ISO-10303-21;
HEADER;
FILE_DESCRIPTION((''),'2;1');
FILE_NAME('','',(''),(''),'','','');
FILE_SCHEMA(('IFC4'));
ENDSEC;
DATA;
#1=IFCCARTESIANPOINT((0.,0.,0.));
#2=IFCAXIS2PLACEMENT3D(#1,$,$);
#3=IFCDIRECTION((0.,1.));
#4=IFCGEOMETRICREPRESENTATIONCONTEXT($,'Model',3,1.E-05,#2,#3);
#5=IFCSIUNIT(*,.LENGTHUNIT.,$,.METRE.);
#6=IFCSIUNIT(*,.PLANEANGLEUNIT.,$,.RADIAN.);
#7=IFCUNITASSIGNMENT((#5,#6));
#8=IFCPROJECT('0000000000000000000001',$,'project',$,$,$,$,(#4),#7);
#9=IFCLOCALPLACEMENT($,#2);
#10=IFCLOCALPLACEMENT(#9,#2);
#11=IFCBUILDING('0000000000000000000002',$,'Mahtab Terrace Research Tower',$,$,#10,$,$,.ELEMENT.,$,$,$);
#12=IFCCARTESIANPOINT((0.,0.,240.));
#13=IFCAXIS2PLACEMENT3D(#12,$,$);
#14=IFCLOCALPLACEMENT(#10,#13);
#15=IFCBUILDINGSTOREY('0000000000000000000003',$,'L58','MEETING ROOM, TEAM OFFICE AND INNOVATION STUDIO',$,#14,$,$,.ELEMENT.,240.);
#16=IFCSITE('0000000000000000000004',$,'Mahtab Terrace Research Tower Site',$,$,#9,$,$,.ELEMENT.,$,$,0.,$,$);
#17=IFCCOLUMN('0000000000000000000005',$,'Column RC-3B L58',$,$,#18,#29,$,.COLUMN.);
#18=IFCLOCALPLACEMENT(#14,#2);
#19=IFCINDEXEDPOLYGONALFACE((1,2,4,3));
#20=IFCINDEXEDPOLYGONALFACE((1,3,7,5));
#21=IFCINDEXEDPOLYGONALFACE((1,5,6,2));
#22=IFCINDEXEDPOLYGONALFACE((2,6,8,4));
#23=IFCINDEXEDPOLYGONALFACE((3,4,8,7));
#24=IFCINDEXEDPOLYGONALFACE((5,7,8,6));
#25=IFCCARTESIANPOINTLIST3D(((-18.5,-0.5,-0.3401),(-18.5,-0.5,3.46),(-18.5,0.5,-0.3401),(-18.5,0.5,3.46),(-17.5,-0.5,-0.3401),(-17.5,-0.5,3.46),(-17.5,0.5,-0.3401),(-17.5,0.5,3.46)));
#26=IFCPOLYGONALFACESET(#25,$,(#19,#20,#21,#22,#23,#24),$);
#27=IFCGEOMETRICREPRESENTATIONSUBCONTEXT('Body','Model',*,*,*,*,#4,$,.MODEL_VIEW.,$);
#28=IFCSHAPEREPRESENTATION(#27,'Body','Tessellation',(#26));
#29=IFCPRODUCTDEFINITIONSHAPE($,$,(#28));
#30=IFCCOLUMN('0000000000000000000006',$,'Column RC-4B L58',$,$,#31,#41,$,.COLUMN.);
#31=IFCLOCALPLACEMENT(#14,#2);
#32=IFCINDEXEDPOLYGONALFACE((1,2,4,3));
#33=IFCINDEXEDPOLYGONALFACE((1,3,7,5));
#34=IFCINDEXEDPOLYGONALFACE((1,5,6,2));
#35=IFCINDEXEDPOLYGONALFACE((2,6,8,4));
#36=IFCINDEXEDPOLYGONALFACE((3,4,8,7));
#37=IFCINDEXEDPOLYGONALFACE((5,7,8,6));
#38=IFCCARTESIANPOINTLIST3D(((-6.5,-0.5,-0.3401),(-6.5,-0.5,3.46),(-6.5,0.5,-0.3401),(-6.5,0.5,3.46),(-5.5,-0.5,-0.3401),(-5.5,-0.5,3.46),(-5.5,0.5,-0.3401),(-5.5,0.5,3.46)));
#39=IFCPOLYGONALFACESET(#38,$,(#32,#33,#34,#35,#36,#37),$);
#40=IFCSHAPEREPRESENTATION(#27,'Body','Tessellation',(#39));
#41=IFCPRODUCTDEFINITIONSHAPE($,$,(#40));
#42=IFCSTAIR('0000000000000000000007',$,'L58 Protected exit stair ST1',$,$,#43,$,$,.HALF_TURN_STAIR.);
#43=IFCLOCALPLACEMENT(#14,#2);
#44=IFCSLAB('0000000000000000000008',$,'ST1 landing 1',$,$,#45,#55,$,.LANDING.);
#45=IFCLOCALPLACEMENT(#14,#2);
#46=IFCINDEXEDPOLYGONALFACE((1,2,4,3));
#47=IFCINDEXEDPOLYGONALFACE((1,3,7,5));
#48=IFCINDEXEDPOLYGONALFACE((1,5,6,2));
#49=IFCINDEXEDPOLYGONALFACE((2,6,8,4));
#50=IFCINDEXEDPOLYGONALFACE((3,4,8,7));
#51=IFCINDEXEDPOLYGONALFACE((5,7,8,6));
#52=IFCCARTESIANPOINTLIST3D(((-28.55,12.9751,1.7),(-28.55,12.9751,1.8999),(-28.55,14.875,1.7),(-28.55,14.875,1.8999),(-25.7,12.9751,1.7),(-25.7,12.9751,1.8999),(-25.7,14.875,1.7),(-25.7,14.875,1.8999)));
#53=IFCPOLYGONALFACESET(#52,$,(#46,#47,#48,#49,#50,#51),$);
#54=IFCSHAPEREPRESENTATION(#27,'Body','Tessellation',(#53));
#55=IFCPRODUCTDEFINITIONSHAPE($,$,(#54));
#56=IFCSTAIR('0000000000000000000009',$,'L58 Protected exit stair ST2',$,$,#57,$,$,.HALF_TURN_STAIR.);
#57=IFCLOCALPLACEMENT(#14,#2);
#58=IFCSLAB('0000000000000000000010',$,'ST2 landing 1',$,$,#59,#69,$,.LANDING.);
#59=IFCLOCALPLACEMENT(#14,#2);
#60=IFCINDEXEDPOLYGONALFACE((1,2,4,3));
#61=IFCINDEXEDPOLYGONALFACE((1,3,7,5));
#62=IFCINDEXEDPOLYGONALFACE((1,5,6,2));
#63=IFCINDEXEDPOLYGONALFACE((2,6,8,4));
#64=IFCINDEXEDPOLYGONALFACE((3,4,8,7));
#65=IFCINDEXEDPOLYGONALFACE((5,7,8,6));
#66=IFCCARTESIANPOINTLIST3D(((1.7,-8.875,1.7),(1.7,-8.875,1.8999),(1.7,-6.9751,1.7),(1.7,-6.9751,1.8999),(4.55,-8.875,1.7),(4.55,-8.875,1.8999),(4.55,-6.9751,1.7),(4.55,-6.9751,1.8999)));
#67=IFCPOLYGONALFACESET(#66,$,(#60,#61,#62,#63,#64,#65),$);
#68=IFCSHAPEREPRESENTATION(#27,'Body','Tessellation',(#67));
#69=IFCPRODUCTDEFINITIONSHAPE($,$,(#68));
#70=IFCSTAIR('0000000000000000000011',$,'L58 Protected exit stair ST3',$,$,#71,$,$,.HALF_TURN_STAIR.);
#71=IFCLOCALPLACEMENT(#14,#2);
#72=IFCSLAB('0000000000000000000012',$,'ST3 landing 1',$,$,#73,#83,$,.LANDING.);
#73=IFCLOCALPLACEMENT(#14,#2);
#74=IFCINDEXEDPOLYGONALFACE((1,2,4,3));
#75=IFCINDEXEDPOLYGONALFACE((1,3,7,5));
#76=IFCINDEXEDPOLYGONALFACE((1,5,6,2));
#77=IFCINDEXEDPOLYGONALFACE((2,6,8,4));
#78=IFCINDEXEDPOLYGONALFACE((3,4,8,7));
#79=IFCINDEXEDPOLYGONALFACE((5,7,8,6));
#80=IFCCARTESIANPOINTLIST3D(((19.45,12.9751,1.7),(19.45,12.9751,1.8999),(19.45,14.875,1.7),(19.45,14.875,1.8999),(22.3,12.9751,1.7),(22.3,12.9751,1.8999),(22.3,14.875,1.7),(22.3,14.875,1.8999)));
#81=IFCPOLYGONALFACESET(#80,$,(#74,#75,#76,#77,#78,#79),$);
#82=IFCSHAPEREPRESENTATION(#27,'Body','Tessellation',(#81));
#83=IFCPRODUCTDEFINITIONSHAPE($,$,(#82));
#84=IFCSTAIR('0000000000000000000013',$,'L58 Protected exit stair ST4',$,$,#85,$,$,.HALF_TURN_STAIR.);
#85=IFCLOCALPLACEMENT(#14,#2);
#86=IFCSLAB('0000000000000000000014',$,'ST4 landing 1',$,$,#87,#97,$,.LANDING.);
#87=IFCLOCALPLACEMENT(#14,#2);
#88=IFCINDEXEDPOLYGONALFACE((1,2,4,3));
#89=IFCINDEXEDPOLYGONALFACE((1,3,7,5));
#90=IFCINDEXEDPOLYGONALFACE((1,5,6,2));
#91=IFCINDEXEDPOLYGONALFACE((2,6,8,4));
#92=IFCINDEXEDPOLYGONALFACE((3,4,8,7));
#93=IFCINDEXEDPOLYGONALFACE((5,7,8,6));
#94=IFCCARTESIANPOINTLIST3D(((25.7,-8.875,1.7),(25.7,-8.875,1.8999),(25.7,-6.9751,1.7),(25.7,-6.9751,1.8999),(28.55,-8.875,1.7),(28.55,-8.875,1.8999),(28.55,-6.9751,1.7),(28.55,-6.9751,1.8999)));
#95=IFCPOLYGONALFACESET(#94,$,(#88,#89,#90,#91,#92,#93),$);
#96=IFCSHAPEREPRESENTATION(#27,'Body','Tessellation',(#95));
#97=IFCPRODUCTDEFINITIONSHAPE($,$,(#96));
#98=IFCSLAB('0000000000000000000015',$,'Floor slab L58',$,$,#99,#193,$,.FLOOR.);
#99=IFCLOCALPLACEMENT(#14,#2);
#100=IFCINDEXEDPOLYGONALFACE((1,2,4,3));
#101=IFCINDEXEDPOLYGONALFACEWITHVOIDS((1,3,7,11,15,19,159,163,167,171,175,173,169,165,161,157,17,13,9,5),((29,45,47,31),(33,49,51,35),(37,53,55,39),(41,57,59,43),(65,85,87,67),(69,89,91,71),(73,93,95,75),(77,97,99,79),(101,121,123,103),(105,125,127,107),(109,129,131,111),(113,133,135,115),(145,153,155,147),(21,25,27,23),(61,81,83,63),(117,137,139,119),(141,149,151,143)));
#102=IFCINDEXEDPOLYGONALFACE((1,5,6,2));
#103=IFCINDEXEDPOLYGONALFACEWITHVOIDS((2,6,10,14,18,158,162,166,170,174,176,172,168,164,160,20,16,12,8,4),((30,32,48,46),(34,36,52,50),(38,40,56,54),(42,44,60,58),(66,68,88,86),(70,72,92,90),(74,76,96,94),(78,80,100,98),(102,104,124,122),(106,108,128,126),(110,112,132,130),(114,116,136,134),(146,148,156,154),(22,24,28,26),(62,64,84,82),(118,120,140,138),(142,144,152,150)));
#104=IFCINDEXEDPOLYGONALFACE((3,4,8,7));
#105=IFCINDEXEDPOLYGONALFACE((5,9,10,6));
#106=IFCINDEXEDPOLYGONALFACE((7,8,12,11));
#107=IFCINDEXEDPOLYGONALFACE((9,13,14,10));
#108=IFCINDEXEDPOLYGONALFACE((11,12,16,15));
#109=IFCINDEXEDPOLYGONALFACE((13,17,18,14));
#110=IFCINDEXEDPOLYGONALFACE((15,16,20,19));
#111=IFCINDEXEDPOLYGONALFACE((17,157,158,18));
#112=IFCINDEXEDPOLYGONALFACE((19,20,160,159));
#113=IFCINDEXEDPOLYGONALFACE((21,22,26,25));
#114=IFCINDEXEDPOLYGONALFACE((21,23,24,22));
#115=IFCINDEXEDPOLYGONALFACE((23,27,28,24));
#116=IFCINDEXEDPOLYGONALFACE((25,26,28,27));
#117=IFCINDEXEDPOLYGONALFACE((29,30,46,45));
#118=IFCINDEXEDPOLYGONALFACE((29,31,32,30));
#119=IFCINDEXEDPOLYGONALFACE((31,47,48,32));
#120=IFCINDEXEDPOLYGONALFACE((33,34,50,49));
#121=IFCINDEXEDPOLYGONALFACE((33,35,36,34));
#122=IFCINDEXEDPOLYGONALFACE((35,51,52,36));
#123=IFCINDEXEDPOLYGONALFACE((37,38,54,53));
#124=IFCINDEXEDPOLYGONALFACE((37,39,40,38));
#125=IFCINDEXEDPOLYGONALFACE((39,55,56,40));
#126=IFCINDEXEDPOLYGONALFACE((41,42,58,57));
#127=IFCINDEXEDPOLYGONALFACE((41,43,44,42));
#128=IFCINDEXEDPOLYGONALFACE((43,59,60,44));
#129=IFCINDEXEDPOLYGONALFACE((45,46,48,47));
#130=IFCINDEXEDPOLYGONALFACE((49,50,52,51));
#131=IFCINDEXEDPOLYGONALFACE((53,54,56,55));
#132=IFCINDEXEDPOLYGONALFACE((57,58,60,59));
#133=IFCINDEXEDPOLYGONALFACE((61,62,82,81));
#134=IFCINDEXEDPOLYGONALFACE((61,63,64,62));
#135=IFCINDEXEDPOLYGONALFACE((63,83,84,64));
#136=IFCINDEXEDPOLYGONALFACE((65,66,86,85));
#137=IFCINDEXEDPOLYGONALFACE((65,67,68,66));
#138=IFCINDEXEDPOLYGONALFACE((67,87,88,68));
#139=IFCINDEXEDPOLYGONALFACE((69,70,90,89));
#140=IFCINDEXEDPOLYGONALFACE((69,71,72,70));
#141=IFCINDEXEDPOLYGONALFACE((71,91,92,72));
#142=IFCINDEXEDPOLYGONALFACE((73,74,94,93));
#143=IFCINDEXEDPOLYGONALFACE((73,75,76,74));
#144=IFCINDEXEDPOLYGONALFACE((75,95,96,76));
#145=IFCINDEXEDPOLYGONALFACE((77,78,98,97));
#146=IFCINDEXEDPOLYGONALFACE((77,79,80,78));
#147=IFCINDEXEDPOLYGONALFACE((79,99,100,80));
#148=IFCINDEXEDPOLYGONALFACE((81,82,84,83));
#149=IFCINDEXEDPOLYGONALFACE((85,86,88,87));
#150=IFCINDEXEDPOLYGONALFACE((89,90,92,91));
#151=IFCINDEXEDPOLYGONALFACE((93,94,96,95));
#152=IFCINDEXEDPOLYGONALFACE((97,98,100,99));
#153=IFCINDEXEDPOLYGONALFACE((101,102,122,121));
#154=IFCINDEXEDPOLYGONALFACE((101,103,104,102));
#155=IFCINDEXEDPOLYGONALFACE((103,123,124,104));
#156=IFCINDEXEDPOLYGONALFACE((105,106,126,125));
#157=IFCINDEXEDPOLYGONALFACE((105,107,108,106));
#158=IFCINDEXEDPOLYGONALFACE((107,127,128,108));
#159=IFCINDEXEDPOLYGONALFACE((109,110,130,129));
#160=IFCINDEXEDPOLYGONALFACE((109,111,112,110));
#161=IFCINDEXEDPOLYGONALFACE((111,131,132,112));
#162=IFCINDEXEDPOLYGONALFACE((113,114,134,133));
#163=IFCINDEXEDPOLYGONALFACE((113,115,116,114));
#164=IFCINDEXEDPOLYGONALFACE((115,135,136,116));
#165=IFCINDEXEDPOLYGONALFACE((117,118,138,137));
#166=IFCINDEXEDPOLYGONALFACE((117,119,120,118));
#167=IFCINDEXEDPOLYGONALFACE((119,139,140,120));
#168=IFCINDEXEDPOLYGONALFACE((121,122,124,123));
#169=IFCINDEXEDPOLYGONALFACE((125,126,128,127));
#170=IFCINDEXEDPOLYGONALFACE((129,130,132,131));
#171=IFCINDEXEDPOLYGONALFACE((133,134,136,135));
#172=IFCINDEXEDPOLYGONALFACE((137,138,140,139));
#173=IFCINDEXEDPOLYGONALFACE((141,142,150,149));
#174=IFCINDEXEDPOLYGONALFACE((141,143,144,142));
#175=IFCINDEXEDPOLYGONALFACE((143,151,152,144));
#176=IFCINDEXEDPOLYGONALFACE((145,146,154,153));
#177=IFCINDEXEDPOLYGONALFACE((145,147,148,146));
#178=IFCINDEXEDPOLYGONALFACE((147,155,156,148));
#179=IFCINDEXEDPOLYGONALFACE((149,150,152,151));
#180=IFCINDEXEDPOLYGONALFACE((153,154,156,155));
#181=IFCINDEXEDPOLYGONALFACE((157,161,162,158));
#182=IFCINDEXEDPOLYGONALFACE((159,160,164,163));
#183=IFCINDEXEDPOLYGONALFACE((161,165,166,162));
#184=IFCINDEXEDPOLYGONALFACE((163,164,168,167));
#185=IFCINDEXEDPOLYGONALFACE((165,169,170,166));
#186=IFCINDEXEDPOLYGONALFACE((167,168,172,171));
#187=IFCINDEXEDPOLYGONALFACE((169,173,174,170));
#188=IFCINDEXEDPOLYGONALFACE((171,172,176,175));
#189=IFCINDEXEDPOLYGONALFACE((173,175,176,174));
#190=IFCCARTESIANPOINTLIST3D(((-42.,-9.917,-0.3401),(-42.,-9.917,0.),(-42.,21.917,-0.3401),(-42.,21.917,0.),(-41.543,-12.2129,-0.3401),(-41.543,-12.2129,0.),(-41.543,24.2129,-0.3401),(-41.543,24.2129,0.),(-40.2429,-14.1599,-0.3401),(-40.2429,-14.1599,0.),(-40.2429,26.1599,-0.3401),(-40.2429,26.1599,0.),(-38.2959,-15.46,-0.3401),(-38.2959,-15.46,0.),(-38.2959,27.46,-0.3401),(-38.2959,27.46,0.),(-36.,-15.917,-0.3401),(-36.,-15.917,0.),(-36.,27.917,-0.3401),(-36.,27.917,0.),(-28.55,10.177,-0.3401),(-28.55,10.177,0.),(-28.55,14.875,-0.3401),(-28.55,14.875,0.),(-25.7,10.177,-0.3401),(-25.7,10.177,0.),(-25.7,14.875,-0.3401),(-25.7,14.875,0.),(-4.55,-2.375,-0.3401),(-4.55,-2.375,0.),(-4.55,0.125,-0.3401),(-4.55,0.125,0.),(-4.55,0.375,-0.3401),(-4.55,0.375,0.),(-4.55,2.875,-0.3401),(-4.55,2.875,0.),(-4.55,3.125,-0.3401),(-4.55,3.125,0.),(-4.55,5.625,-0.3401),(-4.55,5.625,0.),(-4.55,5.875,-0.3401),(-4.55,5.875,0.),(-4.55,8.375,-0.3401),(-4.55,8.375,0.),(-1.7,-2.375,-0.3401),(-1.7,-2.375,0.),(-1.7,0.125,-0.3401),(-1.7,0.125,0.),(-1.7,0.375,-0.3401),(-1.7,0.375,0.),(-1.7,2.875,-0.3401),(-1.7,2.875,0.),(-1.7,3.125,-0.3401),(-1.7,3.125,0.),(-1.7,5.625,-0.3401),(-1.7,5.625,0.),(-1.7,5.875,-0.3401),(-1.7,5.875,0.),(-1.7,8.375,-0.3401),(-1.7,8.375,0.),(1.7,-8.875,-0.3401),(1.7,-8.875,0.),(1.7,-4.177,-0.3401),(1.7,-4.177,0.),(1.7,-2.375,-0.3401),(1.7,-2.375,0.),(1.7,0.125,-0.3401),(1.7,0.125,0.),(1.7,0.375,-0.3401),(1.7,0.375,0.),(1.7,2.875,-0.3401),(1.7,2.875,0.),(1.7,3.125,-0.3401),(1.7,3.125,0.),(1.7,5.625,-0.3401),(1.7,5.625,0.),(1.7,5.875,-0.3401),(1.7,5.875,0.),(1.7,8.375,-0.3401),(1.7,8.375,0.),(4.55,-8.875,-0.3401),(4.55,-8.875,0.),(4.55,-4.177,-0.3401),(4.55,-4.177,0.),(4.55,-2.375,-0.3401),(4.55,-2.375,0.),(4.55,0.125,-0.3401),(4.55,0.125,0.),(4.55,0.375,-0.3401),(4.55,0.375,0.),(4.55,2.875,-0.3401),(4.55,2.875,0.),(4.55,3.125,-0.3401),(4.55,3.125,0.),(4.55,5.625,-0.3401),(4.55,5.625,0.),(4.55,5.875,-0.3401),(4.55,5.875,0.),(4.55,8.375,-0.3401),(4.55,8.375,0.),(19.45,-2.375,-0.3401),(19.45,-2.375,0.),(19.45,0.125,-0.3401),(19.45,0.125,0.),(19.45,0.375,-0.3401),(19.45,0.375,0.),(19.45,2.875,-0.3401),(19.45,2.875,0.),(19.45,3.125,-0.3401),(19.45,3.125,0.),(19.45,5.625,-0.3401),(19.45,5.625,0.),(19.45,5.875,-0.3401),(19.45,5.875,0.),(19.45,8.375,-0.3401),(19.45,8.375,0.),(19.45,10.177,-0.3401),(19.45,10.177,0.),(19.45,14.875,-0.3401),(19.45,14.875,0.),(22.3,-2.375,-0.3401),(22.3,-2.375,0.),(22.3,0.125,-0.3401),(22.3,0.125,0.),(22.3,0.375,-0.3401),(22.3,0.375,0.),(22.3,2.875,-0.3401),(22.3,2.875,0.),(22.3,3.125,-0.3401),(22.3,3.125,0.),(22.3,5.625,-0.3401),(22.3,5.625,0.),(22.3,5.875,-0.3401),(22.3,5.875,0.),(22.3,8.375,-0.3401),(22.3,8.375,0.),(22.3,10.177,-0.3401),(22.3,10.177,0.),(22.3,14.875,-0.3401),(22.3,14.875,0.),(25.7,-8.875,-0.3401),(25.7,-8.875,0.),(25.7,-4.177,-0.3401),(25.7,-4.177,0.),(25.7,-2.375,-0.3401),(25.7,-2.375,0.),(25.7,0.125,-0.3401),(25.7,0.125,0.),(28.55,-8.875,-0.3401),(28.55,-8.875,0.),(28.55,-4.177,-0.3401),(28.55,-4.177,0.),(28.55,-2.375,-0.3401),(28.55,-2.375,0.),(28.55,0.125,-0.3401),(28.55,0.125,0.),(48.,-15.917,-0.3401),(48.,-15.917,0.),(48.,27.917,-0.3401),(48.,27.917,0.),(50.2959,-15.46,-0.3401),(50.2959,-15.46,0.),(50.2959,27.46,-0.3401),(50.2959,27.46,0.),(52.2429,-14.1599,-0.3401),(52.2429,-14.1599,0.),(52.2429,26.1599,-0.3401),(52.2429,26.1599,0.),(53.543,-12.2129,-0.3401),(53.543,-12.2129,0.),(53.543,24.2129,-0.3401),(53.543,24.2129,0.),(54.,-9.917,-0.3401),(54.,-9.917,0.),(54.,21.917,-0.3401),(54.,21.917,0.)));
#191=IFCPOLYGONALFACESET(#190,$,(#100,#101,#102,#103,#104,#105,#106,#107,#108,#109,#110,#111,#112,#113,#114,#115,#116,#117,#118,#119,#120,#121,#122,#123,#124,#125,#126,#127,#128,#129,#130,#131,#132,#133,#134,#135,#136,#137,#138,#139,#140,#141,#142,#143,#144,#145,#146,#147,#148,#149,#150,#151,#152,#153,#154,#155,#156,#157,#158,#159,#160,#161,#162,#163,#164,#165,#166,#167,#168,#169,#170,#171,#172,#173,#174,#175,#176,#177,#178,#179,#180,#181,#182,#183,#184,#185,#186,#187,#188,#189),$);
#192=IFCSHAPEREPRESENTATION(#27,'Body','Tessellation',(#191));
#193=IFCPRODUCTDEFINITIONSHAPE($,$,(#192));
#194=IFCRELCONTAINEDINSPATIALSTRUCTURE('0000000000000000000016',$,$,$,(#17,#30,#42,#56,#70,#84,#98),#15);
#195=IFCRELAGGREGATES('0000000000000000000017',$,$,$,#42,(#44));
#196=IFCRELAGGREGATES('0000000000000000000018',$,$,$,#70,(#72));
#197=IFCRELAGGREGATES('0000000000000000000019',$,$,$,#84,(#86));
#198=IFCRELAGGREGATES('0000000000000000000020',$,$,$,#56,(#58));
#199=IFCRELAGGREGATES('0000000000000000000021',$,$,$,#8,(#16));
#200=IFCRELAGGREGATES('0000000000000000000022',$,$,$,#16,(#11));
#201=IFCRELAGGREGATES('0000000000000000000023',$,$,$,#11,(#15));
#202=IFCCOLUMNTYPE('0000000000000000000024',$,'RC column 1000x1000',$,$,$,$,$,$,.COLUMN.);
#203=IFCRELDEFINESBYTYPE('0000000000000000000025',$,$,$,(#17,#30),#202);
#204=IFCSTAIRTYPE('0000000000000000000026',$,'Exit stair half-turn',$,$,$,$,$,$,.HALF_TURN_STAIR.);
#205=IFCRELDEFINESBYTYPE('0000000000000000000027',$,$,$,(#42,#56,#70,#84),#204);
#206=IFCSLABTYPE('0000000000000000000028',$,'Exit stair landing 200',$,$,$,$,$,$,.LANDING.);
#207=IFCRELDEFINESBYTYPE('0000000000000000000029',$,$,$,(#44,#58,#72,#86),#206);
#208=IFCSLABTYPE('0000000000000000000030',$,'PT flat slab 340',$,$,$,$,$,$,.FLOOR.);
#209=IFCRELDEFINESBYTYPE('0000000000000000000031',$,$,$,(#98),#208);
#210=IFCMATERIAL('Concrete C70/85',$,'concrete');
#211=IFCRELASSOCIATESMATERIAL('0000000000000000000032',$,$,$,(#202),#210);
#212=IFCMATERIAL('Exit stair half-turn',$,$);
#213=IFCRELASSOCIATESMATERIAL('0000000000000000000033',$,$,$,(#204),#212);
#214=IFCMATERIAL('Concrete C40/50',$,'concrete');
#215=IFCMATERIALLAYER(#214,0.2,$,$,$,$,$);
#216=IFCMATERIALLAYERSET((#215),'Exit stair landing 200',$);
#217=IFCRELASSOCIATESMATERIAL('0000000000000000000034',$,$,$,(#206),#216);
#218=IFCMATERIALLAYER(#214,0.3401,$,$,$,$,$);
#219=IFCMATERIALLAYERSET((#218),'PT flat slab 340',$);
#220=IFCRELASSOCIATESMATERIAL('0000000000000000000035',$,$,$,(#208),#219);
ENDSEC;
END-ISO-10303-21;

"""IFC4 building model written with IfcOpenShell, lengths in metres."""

from ifc_helpers import new_model, si_unit, direction, frame, origin, origin_2d, place, context, subcontext, project, spatial, polyline, rectangle, outline, extrude, material, layer, layer_set, material_profile, profile_set, type_object, element, aggregate, save


model = new_model("IFC4")

# Units and contexts
model_context = context("Model", 3, precision=1e-05, world=origin(), true_north=direction((0.0, 1.0)))
body_context = subcontext(model_context, "Body", "Model", "MODEL_VIEW")
ifc_project = project(units=[si_unit("LENGTHUNIT", "METRE"), si_unit("PLANEANGLEUNIT", "RADIAN")], contexts=[model_context])

# Site, building, storey
site_placement = place(None, origin())
site = spatial("IfcSite", under=ifc_project, at=site_placement, Name="Mahtab Terrace Research Tower Site", CompositionType="ELEMENT", RefElevation=0.0)
building_placement = place(site_placement, origin())
building = spatial("IfcBuilding", under=site, at=building_placement, Name="Mahtab Terrace Research Tower", CompositionType="ELEMENT")
storey_placement = place(building_placement, frame((0.0, 0.0, 240.0)))
storey = spatial("IfcBuildingStorey", under=building, at=storey_placement, Name="L58", Description="MEETING ROOM, TEAM OFFICE AND INNOVATION STUDIO", CompositionType="ELEMENT", Elevation=240.0)

# Columns
ifc_material_1 = material(Name="Concrete C70/85", Category="concrete")
ifc_material_profile = material_profile(ifc_material_1, rectangle(XDim=1.0, YDim=1.0, at=origin_2d()), Name="RC column 1000x1000")
ifc_profile_set = profile_set([ifc_material_profile], Name="Concrete C70/85")
column_type = type_object("IfcColumnType", Name="RC column 1000x1000", PredefinedType="COLUMN", material=ifc_profile_set)
for number, where, z_axis, x_axis, name in (
    (1, (-18.0, 0.0, -0.3401), (0.0, 0.0, 1.0), (1.0, 0.0, 0.0), "Column RC-3B L58"),
    (2, (-6.0, 0.0, -0.3401), (0.0, 0.0, 1.0), (1.0, 0.0, 0.0), "Column RC-4B L58"),
):
    element("IfcColumn", number, at=place(storey_placement, frame(where, z_axis=z_axis, x_axis=x_axis)), inside=storey, type_object=column_type, Name=name, PredefinedType="COLUMN", context=body_context, shape_type="SweptSolid", body=[
        extrude(rectangle(XDim=1.0, YDim=1.0, at=origin_2d()), origin(), (0.0, 0.0, 1.0), 3.8),
    ])

# Stairs, slabs
ifc_material_2 = material(Name="Exit stair half-turn")
stair_type = type_object("IfcStairType", Name="Exit stair half-turn", PredefinedType="HALF_TURN_STAIR", material=ifc_material_2)
stair_1_placement = place(storey_placement, origin())
stair_1 = element("IfcStair", 3, at=stair_1_placement, inside=storey, type_object=stair_type, Name="L58 Protected exit stair ST1", PredefinedType="HALF_TURN_STAIR")
ifc_material_3 = material(Name="Concrete C40/50", Category="concrete")
ifc_layer_1 = layer(ifc_material_3, 0.2)
ifc_layer_set_1 = layer_set([ifc_layer_1], Name="Exit stair landing 200")
slab_type_1 = type_object("IfcSlabType", Name="Exit stair landing 200", PredefinedType="LANDING", material=ifc_layer_set_1)
slab_1_placement = place(storey_placement, frame((0.0, 0.0, 1.7)))
slab_1 = element("IfcSlab", 4, at=slab_1_placement, type_object=slab_type_1, Name="ST1 landing 1", PredefinedType="LANDING", context=body_context, shape_type="SweptSolid", body=[
    extrude(outline(polyline([(-25.7, 12.9751), (-25.7, 14.875), (-28.55, 14.875), (-28.55, 12.9751), (-25.7, 12.9751)])), origin(), (0.0, 0.0, 1.0), 0.2),
])
aggregate(stair_1, [slab_1])
stair_2_placement = place(storey_placement, origin())
stair_2 = element("IfcStair", 5, at=stair_2_placement, inside=storey, type_object=stair_type, Name="L58 Protected exit stair ST2", PredefinedType="HALF_TURN_STAIR")
slab_2_placement = place(storey_placement, frame((0.0, 0.0, 1.7)))
slab_2 = element("IfcSlab", 6, at=slab_2_placement, type_object=slab_type_1, Name="ST2 landing 1", PredefinedType="LANDING", context=body_context, shape_type="SweptSolid", body=[
    extrude(outline(polyline([(1.7, -6.9751), (1.7, -8.875), (4.55, -8.875), (4.55, -6.9751), (1.7, -6.9751)])), origin(), (0.0, 0.0, 1.0), 0.2),
])
stair_3_placement = place(storey_placement, origin())
stair_3 = element("IfcStair", 7, at=stair_3_placement, inside=storey, type_object=stair_type, Name="L58 Protected exit stair ST3", PredefinedType="HALF_TURN_STAIR")
slab_3_placement = place(storey_placement, frame((0.0, 0.0, 1.7)))
slab_3 = element("IfcSlab", 8, at=slab_3_placement, type_object=slab_type_1, Name="ST3 landing 1", PredefinedType="LANDING", context=body_context, shape_type="SweptSolid", body=[
    extrude(outline(polyline([(22.3, 12.9751), (22.3, 14.875), (19.45, 14.875), (19.45, 12.9751), (22.3, 12.9751)])), origin(), (0.0, 0.0, 1.0), 0.2),
])
aggregate(stair_3, [slab_3])
stair_4_placement = place(storey_placement, origin())
stair_4 = element("IfcStair", 9, at=stair_4_placement, inside=storey, type_object=stair_type, Name="L58 Protected exit stair ST4", PredefinedType="HALF_TURN_STAIR")
slab_4_placement = place(storey_placement, frame((0.0, 0.0, 1.7)))
slab_4 = element("IfcSlab", 10, at=slab_4_placement, type_object=slab_type_1, Name="ST4 landing 1", PredefinedType="LANDING", context=body_context, shape_type="SweptSolid", body=[
    extrude(outline(polyline([(25.7, -6.9751), (25.7, -8.875), (28.55, -8.875), (28.55, -6.9751), (25.7, -6.9751)])), origin(), (0.0, 0.0, 1.0), 0.2),
])
aggregate(stair_4, [slab_4])

# Slab
ifc_layer_2 = layer(ifc_material_3, 0.3401)
ifc_layer_set_2 = layer_set([ifc_layer_2], Name="PT flat slab 340")
slab_type_2 = type_object("IfcSlabType", Name="PT flat slab 340", PredefinedType="FLOOR", material=ifc_layer_set_2)
slab_5_placement = place(storey_placement, frame((0.0, 0.0, -0.3401)))
element("IfcSlab", 11, at=slab_5_placement, inside=storey, type_object=slab_type_2, Name="Floor slab L58", PredefinedType="FLOOR", context=body_context, shape_type="SweptSolid", body=[
    extrude(outline(polyline([(53.543, 24.2129), (52.2429, 26.1599), (50.2959, 27.46), (48.0, 27.917), (-36.0, 27.917), (-38.2959, 27.46), (-40.2429, 26.1599), (-41.543, 24.2129), (-42.0, 21.917), (-42.0, -9.917), (-41.543, -12.2129), (-40.2429, -14.1599), (-38.2959, -15.46), (-36.0, -15.917), (48.0, -15.917), (50.2959, -15.46), (52.2429, -14.1599), (53.543, -12.2129), (54.0, -9.917), (54.0, 21.917), (53.543, 24.2129)]), holes=[polyline([(-4.55, -2.375), (-4.55, 0.125), (-1.7, 0.125), (-1.7, -2.375), (-4.55, -2.375)]), polyline([(1.7, -2.375), (1.7, 0.125), (4.55, 0.125), (4.55, -2.375), (1.7, -2.375)]), polyline([(-4.55, 0.375), (-4.55, 2.875), (-1.7, 2.875), (-1.7, 0.375), (-4.55, 0.375)]), polyline([(1.7, 0.375), (1.7, 2.875), (4.55, 2.875), (4.55, 0.375), (1.7, 0.375)]), polyline([(-4.55, 3.125), (-4.55, 5.625), (-1.7, 5.625), (-1.7, 3.125), (-4.55, 3.125)]), polyline([(1.7, 3.125), (1.7, 5.625), (4.55, 5.625), (4.55, 3.125), (1.7, 3.125)]), polyline([(-4.55, 5.875), (-4.55, 8.375), (-1.7, 8.375), (-1.7, 5.875), (-4.55, 5.875)]), polyline([(1.7, 5.875), (1.7, 8.375), (4.55, 8.375), (4.55, 5.875), (1.7, 5.875)]), polyline([(-28.55, 10.177), (-28.55, 14.875), (-25.7, 14.875), (-25.7, 10.177), (-28.55, 10.177)]), polyline([(1.7, -8.875), (1.7, -4.177), (4.55, -4.177), (4.55, -8.875), (1.7, -8.875)]), polyline([(25.7, -8.875), (25.7, -4.177), (28.55, -4.177), (28.55, -8.875), (25.7, -8.875)]), polyline([(19.45, -2.375), (19.45, 0.125), (22.3, 0.125), (22.3, -2.375), (19.45, -2.375)]), polyline([(25.7, -2.375), (25.7, 0.125), (28.55, 0.125), (28.55, -2.375), (25.7, -2.375)]), polyline([(19.45, 0.375), (19.45, 2.875), (22.3, 2.875), (22.3, 0.375), (19.45, 0.375)]), polyline([(19.45, 3.125), (19.45, 5.625), (22.3, 5.625), (22.3, 3.125), (19.45, 3.125)]), polyline([(19.45, 8.375), (22.3, 8.375), (22.3, 5.875), (19.45, 5.875), (19.45, 8.375)]), polyline([(19.45, 14.875), (22.3, 14.875), (22.3, 10.177), (19.45, 10.177), (19.45, 14.875)])]), origin(), (0.0, 0.0, 1.0), 0.3401),
])

aggregate(stair_2, [slab_2])

save(model, "model.ifc")
